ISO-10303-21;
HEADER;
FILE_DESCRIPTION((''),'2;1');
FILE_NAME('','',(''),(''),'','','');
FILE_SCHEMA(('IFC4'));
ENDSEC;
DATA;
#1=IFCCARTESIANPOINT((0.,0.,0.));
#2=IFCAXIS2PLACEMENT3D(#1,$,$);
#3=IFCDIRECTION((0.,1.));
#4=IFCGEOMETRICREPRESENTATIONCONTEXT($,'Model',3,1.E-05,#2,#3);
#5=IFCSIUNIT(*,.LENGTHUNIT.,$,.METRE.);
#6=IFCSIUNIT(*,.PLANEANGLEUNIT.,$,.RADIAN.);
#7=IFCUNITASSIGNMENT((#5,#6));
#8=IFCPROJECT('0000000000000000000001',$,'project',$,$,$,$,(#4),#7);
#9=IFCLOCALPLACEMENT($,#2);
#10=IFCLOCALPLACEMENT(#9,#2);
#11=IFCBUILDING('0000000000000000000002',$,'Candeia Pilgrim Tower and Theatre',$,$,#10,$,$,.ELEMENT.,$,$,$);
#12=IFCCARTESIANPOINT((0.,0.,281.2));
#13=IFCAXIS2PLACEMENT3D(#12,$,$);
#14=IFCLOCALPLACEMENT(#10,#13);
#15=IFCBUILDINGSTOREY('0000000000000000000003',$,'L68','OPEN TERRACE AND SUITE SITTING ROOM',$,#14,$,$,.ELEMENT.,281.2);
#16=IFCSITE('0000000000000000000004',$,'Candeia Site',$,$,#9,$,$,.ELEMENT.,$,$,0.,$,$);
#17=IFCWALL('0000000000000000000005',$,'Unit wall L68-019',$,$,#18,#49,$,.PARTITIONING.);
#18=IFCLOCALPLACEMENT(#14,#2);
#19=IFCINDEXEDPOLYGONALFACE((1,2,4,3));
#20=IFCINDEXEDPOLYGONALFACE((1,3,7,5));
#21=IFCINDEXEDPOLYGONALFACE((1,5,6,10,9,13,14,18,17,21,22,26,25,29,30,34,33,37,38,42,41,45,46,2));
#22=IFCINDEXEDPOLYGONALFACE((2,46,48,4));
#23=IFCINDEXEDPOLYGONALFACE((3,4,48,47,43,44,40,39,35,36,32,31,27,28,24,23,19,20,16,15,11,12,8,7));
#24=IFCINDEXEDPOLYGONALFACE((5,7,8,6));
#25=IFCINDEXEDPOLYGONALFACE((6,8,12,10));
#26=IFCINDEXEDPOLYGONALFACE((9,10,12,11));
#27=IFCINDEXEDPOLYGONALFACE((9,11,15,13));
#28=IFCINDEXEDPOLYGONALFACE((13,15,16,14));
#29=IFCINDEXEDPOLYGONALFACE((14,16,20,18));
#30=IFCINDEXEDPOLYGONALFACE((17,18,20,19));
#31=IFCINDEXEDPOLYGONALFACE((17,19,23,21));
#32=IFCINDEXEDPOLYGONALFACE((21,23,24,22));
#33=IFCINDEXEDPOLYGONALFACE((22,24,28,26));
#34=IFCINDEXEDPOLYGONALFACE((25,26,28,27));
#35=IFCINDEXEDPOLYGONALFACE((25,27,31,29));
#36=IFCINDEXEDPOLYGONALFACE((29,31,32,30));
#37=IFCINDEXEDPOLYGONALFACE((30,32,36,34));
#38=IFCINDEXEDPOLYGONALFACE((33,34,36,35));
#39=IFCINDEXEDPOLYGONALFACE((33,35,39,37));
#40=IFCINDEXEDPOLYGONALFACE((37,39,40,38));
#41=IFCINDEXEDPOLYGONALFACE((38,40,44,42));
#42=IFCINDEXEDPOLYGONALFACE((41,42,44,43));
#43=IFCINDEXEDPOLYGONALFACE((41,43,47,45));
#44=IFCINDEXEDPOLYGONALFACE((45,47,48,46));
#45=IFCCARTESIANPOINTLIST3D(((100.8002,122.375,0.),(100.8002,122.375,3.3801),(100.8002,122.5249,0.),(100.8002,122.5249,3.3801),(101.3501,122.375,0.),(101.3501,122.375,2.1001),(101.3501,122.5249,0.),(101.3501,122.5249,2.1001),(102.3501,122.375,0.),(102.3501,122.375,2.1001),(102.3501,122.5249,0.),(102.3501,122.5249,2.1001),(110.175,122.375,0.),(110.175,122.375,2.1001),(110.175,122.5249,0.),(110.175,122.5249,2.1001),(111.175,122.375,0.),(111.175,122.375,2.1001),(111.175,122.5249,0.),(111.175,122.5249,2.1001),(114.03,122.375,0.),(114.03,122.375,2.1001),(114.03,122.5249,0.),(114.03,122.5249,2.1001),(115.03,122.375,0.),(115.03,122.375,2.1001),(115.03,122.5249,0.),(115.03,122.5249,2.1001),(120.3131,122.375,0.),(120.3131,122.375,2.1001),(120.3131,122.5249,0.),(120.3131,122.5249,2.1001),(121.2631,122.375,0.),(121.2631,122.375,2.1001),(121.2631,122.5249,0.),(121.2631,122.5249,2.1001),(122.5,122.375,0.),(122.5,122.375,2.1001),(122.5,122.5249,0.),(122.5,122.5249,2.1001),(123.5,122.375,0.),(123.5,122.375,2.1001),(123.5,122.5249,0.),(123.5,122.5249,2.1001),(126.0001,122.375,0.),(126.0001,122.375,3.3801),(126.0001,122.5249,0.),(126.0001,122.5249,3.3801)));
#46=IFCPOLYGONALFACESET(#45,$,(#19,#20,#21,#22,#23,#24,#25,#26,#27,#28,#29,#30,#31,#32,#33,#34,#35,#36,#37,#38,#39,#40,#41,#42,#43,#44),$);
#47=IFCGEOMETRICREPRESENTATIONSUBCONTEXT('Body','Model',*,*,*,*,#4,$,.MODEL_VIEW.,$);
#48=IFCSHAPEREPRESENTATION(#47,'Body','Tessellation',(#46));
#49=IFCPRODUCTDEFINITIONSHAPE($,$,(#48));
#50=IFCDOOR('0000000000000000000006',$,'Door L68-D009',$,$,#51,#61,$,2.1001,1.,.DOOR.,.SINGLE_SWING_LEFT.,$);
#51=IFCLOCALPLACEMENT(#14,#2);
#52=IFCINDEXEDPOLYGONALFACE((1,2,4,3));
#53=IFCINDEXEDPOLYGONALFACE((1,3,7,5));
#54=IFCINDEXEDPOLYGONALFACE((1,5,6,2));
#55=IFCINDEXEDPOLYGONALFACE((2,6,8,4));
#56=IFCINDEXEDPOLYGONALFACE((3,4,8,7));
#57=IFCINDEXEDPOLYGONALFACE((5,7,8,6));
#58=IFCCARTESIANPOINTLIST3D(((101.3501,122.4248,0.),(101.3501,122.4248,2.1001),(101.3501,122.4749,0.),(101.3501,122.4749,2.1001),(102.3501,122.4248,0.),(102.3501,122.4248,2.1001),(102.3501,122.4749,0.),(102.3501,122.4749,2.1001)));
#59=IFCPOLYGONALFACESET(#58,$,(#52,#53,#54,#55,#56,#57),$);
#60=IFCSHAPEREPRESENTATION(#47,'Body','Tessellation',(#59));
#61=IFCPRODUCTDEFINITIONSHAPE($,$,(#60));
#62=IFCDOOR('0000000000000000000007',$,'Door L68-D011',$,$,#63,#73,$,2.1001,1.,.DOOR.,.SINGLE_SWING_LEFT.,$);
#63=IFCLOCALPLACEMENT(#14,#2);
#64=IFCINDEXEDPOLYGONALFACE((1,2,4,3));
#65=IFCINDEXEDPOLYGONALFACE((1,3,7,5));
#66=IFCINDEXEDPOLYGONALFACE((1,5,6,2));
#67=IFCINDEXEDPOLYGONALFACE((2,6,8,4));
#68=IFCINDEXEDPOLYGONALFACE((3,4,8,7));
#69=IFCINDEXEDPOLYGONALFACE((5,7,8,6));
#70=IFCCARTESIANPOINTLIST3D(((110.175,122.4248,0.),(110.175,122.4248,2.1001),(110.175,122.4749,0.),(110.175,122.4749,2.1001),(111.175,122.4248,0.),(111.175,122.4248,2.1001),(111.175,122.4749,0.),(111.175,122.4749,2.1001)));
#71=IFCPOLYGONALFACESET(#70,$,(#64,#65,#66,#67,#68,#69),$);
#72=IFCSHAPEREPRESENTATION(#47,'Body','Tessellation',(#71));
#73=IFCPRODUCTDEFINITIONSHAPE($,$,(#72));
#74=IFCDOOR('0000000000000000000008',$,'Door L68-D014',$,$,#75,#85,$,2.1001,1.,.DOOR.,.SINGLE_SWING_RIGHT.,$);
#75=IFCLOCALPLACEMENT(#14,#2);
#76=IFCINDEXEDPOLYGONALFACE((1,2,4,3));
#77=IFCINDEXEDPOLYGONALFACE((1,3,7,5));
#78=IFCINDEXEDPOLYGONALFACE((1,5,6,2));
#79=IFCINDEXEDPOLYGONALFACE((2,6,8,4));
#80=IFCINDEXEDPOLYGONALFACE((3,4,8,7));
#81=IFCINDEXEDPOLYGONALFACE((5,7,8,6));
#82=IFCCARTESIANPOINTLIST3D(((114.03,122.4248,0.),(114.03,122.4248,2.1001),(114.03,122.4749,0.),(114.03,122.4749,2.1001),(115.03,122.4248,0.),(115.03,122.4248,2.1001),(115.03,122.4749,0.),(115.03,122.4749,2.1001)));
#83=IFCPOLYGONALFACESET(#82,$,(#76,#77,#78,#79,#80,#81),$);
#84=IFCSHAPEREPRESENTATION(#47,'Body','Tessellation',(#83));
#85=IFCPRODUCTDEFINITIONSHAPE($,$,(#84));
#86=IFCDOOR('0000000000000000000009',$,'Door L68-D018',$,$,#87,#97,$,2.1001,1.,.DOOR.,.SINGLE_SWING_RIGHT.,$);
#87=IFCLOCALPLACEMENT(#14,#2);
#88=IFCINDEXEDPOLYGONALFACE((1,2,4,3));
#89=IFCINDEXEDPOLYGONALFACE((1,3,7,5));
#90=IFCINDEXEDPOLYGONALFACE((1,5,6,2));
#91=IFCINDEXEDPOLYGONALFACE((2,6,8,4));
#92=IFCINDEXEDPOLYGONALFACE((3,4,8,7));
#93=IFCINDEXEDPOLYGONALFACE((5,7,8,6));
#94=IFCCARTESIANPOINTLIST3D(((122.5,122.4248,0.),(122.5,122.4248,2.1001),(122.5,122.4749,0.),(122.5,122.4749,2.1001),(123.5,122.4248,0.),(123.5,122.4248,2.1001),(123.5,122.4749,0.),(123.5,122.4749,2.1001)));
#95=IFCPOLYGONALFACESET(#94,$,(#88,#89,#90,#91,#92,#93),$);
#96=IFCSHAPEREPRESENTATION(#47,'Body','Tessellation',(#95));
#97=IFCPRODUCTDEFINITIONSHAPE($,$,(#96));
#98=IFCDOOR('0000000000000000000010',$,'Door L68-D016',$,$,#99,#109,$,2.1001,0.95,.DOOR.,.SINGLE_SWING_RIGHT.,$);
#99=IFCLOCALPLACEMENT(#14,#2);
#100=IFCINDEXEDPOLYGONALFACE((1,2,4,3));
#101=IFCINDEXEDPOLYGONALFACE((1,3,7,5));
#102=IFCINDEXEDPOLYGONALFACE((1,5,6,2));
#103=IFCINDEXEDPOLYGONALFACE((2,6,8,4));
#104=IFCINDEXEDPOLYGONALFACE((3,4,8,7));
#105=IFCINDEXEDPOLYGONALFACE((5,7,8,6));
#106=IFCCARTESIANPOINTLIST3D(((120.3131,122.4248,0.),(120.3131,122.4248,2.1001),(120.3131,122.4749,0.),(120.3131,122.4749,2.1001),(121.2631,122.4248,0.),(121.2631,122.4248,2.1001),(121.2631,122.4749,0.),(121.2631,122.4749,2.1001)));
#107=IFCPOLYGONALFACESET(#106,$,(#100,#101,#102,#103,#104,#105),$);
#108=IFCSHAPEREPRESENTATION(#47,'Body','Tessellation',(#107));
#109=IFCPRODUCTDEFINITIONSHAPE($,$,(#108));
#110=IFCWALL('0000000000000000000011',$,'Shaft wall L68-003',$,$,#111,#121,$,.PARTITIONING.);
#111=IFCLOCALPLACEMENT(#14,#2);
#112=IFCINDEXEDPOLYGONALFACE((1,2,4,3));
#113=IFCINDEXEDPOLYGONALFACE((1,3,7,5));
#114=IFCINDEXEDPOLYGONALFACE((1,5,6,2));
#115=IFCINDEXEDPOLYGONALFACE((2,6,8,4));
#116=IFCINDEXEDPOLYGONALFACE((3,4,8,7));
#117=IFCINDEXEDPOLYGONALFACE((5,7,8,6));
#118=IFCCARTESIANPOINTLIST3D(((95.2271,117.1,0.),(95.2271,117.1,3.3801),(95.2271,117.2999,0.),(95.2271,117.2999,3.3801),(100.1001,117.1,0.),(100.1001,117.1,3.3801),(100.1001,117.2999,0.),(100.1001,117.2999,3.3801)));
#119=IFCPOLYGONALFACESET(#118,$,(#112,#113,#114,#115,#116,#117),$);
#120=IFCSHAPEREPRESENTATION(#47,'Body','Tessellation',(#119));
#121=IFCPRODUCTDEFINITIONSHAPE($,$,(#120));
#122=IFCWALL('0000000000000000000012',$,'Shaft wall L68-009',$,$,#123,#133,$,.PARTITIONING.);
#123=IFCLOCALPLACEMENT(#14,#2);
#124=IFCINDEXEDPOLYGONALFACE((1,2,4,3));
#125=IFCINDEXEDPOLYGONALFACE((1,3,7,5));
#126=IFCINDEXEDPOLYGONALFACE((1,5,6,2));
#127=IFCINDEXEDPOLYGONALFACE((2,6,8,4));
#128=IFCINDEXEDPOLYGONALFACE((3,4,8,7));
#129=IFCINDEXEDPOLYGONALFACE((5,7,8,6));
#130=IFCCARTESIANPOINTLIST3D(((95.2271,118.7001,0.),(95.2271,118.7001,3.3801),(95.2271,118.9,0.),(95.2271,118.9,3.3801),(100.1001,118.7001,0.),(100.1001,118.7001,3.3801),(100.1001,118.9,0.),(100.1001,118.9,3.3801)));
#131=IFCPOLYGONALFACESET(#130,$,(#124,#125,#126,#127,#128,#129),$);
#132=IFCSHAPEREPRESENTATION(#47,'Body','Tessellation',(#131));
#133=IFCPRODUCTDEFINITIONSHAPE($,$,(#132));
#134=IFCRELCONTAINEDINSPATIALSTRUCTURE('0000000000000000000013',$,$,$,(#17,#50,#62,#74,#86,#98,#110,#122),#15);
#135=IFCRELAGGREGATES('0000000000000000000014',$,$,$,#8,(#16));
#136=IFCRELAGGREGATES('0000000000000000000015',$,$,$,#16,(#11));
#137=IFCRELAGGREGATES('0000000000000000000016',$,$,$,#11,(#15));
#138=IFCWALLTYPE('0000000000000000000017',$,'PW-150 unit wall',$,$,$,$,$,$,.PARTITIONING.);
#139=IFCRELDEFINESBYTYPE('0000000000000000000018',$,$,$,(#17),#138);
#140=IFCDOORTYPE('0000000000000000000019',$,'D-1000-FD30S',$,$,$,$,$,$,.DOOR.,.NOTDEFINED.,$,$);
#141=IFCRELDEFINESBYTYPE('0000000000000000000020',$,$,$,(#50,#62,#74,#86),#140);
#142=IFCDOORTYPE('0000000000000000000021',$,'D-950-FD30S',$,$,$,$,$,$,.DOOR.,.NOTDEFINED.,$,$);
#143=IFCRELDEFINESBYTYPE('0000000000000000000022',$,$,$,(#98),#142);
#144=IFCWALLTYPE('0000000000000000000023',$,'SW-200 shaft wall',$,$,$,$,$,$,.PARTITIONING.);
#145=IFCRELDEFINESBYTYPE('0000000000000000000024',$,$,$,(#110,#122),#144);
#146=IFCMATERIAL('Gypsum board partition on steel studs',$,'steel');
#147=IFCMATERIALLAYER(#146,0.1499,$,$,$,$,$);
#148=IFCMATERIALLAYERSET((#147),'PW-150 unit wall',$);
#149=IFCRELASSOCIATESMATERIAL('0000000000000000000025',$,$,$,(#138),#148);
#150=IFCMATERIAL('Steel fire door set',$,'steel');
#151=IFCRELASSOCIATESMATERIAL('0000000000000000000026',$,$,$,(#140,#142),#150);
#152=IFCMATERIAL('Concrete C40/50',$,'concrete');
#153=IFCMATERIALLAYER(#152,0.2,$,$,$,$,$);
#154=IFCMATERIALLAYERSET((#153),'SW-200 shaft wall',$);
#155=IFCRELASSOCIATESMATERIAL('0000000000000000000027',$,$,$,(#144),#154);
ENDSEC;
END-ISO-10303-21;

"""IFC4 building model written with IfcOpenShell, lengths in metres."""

from ifc_helpers import new_model, si_unit, direction, frame, frame_2d, origin, place, context, subcontext, project, spatial, rectangle, extrude, material, layer, layer_set, type_object, element, fill, save


model = new_model("IFC4")

# Units and contexts
model_context = context("Model", 3, precision=1e-05, world=origin(), true_north=direction((0.0, 1.0)))
body_context = subcontext(model_context, "Body", "Model", "MODEL_VIEW")
ifc_project = project(units=[si_unit("LENGTHUNIT", "METRE"), si_unit("PLANEANGLEUNIT", "RADIAN")], contexts=[model_context])

# Site, building, storey
site_placement = place(None, origin())
site = spatial("IfcSite", under=ifc_project, at=site_placement, Name="Candeia Site", CompositionType="ELEMENT", RefElevation=0.0)
building_placement = place(site_placement, origin())
building = spatial("IfcBuilding", under=site, at=building_placement, Name="Candeia Pilgrim Tower and Theatre", CompositionType="ELEMENT")
storey_placement = place(building_placement, frame((0.0, 0.0, 281.2)))
storey = spatial("IfcBuildingStorey", under=building, at=storey_placement, Name="L68", Description="OPEN TERRACE AND SUITE SITTING ROOM", CompositionType="ELEMENT", Elevation=281.2)

# Wall, openings, doors
ifc_material_1 = material(Name="Gypsum board partition on steel studs", Category="steel")
ifc_layer_1 = layer(ifc_material_1, 0.1499)
ifc_layer_set_1 = layer_set([ifc_layer_1], Name="PW-150 unit wall")
wall_type_1 = type_object("IfcWallType", Name="PW-150 unit wall", PredefinedType="PARTITIONING", material=ifc_layer_set_1)
wall_1_placement = place(storey_placement, frame((100.8, 122.45, 0.0), z_axis=(0.0, 0.0, 1.0), x_axis=(1.0, 0.0, 0.0)))
wall_1 = element("IfcWall", 1, at=wall_1_placement, inside=storey, type_object=wall_type_1, Name="Unit wall L68-019", PredefinedType="PARTITIONING", context=body_context, shape_type="SweptSolid", body=[
    extrude(rectangle(XDim=25.2, YDim=0.1499, at=frame_2d((12.6001, 0.0))), origin(), (0.0, 0.0, 1.0), 3.3801),
])
opening_1_placement = place(wall_1_placement, frame((0.55, 0.0, 0.0)))
opening_1 = element("IfcOpeningElement", 2, at=opening_1_placement, cuts=wall_1, PredefinedType="OPENING", context=body_context, shape_type="SweptSolid", body=[
    extrude(rectangle(XDim=1.0, YDim=2.1001, at=frame_2d((0.5, 1.05))), frame((0.0, 0.085, 0.0), z_axis=(0.0, -1.0, 0.0), x_axis=(1.0, 0.0, 0.0)), (0.0, 0.0, 1.0), 0.1699),
])
opening_2_placement = place(wall_1_placement, frame((9.375, 0.0, 0.0)))
opening_2 = element("IfcOpeningElement", 3, at=opening_2_placement, cuts=wall_1, PredefinedType="OPENING", context=body_context, shape_type="SweptSolid", body=[
    extrude(rectangle(XDim=1.0, YDim=2.1001, at=frame_2d((0.5, 1.05))), frame((0.0, 0.085, 0.0), z_axis=(0.0, -1.0, 0.0), x_axis=(1.0, 0.0, 0.0)), (0.0, 0.0, 1.0), 0.1699),
])
opening_3_placement = place(wall_1_placement, frame((13.23, 0.0, 0.0)))
opening_3 = element("IfcOpeningElement", 4, at=opening_3_placement, cuts=wall_1, PredefinedType="OPENING", context=body_context, shape_type="SweptSolid", body=[
    extrude(rectangle(XDim=1.0, YDim=2.1001, at=frame_2d((0.5, 1.05))), frame((0.0, 0.085, 0.0), z_axis=(0.0, -1.0, 0.0), x_axis=(1.0, 0.0, 0.0)), (0.0, 0.0, 1.0), 0.1699),
])
opening_4_placement = place(wall_1_placement, frame((19.5129, 0.0, 0.0)))
opening_4 = element("IfcOpeningElement", 5, at=opening_4_placement, cuts=wall_1, PredefinedType="OPENING", context=body_context, shape_type="SweptSolid", body=[
    extrude(rectangle(XDim=0.95, YDim=2.1001, at=frame_2d((0.4751, 1.05))), frame((0.0, 0.085, 0.0), z_axis=(0.0, -1.0, 0.0), x_axis=(1.0, 0.0, 0.0)), (0.0, 0.0, 1.0), 0.1699),
])
opening_5_placement = place(wall_1_placement, frame((21.7, 0.0, 0.0)))
opening_5 = element("IfcOpeningElement", 6, at=opening_5_placement, cuts=wall_1, PredefinedType="OPENING", context=body_context, shape_type="SweptSolid", body=[
    extrude(rectangle(XDim=1.0, YDim=2.1001, at=frame_2d((0.5, 1.05))), frame((0.0, 0.085, 0.0), z_axis=(0.0, -1.0, 0.0), x_axis=(1.0, 0.0, 0.0)), (0.0, 0.0, 1.0), 0.1699),
])
ifc_material_2 = material(Name="Steel fire door set", Category="steel")
door_type_1 = type_object("IfcDoorType", Name="D-1000-FD30S", OperationType="NOTDEFINED", PredefinedType="DOOR", material=ifc_material_2)
door_1_placement = place(opening_1_placement, origin())
door_1 = element("IfcDoor", 7, at=door_1_placement, inside=storey, type_object=door_type_1, Name="Door L68-D009", OperationType="SINGLE_SWING_LEFT", OverallHeight=2.1001, OverallWidth=1.0, PredefinedType="DOOR", context=body_context, shape_type="SweptSolid", body=[
    extrude(rectangle(XDim=1.0, YDim=2.1001, at=frame_2d((0.5, 1.05))), frame((0.0, 0.0249, 0.0), z_axis=(0.0, -1.0, 0.0), x_axis=(1.0, 0.0, 0.0)), (0.0, 0.0, 1.0), 0.05),
])
fill(opening_1, door_1)
door_2_placement = place(opening_2_placement, origin())
door_2 = element("IfcDoor", 8, at=door_2_placement, inside=storey, type_object=door_type_1, Name="Door L68-D011", OperationType="SINGLE_SWING_LEFT", OverallHeight=2.1001, OverallWidth=1.0, PredefinedType="DOOR", context=body_context, shape_type="SweptSolid", body=[
    extrude(rectangle(XDim=1.0, YDim=2.1001, at=frame_2d((0.5, 1.05))), frame((0.0, 0.0249, 0.0), z_axis=(0.0, -1.0, 0.0), x_axis=(1.0, 0.0, 0.0)), (0.0, 0.0, 1.0), 0.05),
])
fill(opening_2, door_2)
door_3_placement = place(opening_3_placement, origin())
door_3 = element("IfcDoor", 9, at=door_3_placement, inside=storey, type_object=door_type_1, Name="Door L68-D014", OperationType="SINGLE_SWING_RIGHT", OverallHeight=2.1001, OverallWidth=1.0, PredefinedType="DOOR", context=body_context, shape_type="SweptSolid", body=[
    extrude(rectangle(XDim=1.0, YDim=2.1001, at=frame_2d((0.5, 1.05))), frame((0.0, 0.0249, 0.0), z_axis=(0.0, -1.0, 0.0), x_axis=(1.0, 0.0, 0.0)), (0.0, 0.0, 1.0), 0.05),
])
fill(opening_3, door_3)
door_4_placement = place(opening_5_placement, origin())
door_4 = element("IfcDoor", 10, at=door_4_placement, inside=storey, type_object=door_type_1, Name="Door L68-D018", OperationType="SINGLE_SWING_RIGHT", OverallHeight=2.1001, OverallWidth=1.0, PredefinedType="DOOR", context=body_context, shape_type="SweptSolid", body=[
    extrude(rectangle(XDim=1.0, YDim=2.1001, at=frame_2d((0.5, 1.05))), frame((0.0, 0.0249, 0.0), z_axis=(0.0, -1.0, 0.0), x_axis=(1.0, 0.0, 0.0)), (0.0, 0.0, 1.0), 0.05),
])
fill(opening_5, door_4)
door_type_2 = type_object("IfcDoorType", Name="D-950-FD30S", OperationType="NOTDEFINED", PredefinedType="DOOR", material=ifc_material_2)
door_5_placement = place(opening_4_placement, origin())
door_5 = element("IfcDoor", 11, at=door_5_placement, inside=storey, type_object=door_type_2, Name="Door L68-D016", OperationType="SINGLE_SWING_RIGHT", OverallHeight=2.1001, OverallWidth=0.95, PredefinedType="DOOR", context=body_context, shape_type="SweptSolid", body=[
    extrude(rectangle(XDim=0.95, YDim=2.1001, at=frame_2d((0.4751, 1.05))), frame((0.0, 0.0249, 0.0), z_axis=(0.0, -1.0, 0.0), x_axis=(1.0, 0.0, 0.0)), (0.0, 0.0, 1.0), 0.05),
])
fill(opening_4, door_5)

# Walls
ifc_material_3 = material(Name="Concrete C40/50", Category="concrete")
ifc_layer_2 = layer(ifc_material_3, 0.2)
ifc_layer_set_2 = layer_set([ifc_layer_2], Name="SW-200 shaft wall")
wall_type_2 = type_object("IfcWallType", Name="SW-200 shaft wall", PredefinedType="PARTITIONING", material=ifc_layer_set_2)
for number, where, z_axis, x_axis, name in (
    (12, (95.2271, 117.2, 0.0), (0.0, 0.0, 1.0), (1.0, 0.0, 0.0), "Shaft wall L68-003"),
    (13, (95.2271, 118.8, 0.0), (0.0, 0.0, 1.0), (1.0, 0.0, 0.0), "Shaft wall L68-009"),
):
    element("IfcWall", number, at=place(storey_placement, frame(where, z_axis=z_axis, x_axis=x_axis)), inside=storey, type_object=wall_type_2, Name=name, PredefinedType="PARTITIONING", context=body_context, shape_type="SweptSolid", body=[
        extrude(rectangle(XDim=4.873, YDim=0.2, at=frame_2d((2.4365, 0.0))), origin(), (0.0, 0.0, 1.0), 3.3801),
    ])

save(model, "model.ifc")
